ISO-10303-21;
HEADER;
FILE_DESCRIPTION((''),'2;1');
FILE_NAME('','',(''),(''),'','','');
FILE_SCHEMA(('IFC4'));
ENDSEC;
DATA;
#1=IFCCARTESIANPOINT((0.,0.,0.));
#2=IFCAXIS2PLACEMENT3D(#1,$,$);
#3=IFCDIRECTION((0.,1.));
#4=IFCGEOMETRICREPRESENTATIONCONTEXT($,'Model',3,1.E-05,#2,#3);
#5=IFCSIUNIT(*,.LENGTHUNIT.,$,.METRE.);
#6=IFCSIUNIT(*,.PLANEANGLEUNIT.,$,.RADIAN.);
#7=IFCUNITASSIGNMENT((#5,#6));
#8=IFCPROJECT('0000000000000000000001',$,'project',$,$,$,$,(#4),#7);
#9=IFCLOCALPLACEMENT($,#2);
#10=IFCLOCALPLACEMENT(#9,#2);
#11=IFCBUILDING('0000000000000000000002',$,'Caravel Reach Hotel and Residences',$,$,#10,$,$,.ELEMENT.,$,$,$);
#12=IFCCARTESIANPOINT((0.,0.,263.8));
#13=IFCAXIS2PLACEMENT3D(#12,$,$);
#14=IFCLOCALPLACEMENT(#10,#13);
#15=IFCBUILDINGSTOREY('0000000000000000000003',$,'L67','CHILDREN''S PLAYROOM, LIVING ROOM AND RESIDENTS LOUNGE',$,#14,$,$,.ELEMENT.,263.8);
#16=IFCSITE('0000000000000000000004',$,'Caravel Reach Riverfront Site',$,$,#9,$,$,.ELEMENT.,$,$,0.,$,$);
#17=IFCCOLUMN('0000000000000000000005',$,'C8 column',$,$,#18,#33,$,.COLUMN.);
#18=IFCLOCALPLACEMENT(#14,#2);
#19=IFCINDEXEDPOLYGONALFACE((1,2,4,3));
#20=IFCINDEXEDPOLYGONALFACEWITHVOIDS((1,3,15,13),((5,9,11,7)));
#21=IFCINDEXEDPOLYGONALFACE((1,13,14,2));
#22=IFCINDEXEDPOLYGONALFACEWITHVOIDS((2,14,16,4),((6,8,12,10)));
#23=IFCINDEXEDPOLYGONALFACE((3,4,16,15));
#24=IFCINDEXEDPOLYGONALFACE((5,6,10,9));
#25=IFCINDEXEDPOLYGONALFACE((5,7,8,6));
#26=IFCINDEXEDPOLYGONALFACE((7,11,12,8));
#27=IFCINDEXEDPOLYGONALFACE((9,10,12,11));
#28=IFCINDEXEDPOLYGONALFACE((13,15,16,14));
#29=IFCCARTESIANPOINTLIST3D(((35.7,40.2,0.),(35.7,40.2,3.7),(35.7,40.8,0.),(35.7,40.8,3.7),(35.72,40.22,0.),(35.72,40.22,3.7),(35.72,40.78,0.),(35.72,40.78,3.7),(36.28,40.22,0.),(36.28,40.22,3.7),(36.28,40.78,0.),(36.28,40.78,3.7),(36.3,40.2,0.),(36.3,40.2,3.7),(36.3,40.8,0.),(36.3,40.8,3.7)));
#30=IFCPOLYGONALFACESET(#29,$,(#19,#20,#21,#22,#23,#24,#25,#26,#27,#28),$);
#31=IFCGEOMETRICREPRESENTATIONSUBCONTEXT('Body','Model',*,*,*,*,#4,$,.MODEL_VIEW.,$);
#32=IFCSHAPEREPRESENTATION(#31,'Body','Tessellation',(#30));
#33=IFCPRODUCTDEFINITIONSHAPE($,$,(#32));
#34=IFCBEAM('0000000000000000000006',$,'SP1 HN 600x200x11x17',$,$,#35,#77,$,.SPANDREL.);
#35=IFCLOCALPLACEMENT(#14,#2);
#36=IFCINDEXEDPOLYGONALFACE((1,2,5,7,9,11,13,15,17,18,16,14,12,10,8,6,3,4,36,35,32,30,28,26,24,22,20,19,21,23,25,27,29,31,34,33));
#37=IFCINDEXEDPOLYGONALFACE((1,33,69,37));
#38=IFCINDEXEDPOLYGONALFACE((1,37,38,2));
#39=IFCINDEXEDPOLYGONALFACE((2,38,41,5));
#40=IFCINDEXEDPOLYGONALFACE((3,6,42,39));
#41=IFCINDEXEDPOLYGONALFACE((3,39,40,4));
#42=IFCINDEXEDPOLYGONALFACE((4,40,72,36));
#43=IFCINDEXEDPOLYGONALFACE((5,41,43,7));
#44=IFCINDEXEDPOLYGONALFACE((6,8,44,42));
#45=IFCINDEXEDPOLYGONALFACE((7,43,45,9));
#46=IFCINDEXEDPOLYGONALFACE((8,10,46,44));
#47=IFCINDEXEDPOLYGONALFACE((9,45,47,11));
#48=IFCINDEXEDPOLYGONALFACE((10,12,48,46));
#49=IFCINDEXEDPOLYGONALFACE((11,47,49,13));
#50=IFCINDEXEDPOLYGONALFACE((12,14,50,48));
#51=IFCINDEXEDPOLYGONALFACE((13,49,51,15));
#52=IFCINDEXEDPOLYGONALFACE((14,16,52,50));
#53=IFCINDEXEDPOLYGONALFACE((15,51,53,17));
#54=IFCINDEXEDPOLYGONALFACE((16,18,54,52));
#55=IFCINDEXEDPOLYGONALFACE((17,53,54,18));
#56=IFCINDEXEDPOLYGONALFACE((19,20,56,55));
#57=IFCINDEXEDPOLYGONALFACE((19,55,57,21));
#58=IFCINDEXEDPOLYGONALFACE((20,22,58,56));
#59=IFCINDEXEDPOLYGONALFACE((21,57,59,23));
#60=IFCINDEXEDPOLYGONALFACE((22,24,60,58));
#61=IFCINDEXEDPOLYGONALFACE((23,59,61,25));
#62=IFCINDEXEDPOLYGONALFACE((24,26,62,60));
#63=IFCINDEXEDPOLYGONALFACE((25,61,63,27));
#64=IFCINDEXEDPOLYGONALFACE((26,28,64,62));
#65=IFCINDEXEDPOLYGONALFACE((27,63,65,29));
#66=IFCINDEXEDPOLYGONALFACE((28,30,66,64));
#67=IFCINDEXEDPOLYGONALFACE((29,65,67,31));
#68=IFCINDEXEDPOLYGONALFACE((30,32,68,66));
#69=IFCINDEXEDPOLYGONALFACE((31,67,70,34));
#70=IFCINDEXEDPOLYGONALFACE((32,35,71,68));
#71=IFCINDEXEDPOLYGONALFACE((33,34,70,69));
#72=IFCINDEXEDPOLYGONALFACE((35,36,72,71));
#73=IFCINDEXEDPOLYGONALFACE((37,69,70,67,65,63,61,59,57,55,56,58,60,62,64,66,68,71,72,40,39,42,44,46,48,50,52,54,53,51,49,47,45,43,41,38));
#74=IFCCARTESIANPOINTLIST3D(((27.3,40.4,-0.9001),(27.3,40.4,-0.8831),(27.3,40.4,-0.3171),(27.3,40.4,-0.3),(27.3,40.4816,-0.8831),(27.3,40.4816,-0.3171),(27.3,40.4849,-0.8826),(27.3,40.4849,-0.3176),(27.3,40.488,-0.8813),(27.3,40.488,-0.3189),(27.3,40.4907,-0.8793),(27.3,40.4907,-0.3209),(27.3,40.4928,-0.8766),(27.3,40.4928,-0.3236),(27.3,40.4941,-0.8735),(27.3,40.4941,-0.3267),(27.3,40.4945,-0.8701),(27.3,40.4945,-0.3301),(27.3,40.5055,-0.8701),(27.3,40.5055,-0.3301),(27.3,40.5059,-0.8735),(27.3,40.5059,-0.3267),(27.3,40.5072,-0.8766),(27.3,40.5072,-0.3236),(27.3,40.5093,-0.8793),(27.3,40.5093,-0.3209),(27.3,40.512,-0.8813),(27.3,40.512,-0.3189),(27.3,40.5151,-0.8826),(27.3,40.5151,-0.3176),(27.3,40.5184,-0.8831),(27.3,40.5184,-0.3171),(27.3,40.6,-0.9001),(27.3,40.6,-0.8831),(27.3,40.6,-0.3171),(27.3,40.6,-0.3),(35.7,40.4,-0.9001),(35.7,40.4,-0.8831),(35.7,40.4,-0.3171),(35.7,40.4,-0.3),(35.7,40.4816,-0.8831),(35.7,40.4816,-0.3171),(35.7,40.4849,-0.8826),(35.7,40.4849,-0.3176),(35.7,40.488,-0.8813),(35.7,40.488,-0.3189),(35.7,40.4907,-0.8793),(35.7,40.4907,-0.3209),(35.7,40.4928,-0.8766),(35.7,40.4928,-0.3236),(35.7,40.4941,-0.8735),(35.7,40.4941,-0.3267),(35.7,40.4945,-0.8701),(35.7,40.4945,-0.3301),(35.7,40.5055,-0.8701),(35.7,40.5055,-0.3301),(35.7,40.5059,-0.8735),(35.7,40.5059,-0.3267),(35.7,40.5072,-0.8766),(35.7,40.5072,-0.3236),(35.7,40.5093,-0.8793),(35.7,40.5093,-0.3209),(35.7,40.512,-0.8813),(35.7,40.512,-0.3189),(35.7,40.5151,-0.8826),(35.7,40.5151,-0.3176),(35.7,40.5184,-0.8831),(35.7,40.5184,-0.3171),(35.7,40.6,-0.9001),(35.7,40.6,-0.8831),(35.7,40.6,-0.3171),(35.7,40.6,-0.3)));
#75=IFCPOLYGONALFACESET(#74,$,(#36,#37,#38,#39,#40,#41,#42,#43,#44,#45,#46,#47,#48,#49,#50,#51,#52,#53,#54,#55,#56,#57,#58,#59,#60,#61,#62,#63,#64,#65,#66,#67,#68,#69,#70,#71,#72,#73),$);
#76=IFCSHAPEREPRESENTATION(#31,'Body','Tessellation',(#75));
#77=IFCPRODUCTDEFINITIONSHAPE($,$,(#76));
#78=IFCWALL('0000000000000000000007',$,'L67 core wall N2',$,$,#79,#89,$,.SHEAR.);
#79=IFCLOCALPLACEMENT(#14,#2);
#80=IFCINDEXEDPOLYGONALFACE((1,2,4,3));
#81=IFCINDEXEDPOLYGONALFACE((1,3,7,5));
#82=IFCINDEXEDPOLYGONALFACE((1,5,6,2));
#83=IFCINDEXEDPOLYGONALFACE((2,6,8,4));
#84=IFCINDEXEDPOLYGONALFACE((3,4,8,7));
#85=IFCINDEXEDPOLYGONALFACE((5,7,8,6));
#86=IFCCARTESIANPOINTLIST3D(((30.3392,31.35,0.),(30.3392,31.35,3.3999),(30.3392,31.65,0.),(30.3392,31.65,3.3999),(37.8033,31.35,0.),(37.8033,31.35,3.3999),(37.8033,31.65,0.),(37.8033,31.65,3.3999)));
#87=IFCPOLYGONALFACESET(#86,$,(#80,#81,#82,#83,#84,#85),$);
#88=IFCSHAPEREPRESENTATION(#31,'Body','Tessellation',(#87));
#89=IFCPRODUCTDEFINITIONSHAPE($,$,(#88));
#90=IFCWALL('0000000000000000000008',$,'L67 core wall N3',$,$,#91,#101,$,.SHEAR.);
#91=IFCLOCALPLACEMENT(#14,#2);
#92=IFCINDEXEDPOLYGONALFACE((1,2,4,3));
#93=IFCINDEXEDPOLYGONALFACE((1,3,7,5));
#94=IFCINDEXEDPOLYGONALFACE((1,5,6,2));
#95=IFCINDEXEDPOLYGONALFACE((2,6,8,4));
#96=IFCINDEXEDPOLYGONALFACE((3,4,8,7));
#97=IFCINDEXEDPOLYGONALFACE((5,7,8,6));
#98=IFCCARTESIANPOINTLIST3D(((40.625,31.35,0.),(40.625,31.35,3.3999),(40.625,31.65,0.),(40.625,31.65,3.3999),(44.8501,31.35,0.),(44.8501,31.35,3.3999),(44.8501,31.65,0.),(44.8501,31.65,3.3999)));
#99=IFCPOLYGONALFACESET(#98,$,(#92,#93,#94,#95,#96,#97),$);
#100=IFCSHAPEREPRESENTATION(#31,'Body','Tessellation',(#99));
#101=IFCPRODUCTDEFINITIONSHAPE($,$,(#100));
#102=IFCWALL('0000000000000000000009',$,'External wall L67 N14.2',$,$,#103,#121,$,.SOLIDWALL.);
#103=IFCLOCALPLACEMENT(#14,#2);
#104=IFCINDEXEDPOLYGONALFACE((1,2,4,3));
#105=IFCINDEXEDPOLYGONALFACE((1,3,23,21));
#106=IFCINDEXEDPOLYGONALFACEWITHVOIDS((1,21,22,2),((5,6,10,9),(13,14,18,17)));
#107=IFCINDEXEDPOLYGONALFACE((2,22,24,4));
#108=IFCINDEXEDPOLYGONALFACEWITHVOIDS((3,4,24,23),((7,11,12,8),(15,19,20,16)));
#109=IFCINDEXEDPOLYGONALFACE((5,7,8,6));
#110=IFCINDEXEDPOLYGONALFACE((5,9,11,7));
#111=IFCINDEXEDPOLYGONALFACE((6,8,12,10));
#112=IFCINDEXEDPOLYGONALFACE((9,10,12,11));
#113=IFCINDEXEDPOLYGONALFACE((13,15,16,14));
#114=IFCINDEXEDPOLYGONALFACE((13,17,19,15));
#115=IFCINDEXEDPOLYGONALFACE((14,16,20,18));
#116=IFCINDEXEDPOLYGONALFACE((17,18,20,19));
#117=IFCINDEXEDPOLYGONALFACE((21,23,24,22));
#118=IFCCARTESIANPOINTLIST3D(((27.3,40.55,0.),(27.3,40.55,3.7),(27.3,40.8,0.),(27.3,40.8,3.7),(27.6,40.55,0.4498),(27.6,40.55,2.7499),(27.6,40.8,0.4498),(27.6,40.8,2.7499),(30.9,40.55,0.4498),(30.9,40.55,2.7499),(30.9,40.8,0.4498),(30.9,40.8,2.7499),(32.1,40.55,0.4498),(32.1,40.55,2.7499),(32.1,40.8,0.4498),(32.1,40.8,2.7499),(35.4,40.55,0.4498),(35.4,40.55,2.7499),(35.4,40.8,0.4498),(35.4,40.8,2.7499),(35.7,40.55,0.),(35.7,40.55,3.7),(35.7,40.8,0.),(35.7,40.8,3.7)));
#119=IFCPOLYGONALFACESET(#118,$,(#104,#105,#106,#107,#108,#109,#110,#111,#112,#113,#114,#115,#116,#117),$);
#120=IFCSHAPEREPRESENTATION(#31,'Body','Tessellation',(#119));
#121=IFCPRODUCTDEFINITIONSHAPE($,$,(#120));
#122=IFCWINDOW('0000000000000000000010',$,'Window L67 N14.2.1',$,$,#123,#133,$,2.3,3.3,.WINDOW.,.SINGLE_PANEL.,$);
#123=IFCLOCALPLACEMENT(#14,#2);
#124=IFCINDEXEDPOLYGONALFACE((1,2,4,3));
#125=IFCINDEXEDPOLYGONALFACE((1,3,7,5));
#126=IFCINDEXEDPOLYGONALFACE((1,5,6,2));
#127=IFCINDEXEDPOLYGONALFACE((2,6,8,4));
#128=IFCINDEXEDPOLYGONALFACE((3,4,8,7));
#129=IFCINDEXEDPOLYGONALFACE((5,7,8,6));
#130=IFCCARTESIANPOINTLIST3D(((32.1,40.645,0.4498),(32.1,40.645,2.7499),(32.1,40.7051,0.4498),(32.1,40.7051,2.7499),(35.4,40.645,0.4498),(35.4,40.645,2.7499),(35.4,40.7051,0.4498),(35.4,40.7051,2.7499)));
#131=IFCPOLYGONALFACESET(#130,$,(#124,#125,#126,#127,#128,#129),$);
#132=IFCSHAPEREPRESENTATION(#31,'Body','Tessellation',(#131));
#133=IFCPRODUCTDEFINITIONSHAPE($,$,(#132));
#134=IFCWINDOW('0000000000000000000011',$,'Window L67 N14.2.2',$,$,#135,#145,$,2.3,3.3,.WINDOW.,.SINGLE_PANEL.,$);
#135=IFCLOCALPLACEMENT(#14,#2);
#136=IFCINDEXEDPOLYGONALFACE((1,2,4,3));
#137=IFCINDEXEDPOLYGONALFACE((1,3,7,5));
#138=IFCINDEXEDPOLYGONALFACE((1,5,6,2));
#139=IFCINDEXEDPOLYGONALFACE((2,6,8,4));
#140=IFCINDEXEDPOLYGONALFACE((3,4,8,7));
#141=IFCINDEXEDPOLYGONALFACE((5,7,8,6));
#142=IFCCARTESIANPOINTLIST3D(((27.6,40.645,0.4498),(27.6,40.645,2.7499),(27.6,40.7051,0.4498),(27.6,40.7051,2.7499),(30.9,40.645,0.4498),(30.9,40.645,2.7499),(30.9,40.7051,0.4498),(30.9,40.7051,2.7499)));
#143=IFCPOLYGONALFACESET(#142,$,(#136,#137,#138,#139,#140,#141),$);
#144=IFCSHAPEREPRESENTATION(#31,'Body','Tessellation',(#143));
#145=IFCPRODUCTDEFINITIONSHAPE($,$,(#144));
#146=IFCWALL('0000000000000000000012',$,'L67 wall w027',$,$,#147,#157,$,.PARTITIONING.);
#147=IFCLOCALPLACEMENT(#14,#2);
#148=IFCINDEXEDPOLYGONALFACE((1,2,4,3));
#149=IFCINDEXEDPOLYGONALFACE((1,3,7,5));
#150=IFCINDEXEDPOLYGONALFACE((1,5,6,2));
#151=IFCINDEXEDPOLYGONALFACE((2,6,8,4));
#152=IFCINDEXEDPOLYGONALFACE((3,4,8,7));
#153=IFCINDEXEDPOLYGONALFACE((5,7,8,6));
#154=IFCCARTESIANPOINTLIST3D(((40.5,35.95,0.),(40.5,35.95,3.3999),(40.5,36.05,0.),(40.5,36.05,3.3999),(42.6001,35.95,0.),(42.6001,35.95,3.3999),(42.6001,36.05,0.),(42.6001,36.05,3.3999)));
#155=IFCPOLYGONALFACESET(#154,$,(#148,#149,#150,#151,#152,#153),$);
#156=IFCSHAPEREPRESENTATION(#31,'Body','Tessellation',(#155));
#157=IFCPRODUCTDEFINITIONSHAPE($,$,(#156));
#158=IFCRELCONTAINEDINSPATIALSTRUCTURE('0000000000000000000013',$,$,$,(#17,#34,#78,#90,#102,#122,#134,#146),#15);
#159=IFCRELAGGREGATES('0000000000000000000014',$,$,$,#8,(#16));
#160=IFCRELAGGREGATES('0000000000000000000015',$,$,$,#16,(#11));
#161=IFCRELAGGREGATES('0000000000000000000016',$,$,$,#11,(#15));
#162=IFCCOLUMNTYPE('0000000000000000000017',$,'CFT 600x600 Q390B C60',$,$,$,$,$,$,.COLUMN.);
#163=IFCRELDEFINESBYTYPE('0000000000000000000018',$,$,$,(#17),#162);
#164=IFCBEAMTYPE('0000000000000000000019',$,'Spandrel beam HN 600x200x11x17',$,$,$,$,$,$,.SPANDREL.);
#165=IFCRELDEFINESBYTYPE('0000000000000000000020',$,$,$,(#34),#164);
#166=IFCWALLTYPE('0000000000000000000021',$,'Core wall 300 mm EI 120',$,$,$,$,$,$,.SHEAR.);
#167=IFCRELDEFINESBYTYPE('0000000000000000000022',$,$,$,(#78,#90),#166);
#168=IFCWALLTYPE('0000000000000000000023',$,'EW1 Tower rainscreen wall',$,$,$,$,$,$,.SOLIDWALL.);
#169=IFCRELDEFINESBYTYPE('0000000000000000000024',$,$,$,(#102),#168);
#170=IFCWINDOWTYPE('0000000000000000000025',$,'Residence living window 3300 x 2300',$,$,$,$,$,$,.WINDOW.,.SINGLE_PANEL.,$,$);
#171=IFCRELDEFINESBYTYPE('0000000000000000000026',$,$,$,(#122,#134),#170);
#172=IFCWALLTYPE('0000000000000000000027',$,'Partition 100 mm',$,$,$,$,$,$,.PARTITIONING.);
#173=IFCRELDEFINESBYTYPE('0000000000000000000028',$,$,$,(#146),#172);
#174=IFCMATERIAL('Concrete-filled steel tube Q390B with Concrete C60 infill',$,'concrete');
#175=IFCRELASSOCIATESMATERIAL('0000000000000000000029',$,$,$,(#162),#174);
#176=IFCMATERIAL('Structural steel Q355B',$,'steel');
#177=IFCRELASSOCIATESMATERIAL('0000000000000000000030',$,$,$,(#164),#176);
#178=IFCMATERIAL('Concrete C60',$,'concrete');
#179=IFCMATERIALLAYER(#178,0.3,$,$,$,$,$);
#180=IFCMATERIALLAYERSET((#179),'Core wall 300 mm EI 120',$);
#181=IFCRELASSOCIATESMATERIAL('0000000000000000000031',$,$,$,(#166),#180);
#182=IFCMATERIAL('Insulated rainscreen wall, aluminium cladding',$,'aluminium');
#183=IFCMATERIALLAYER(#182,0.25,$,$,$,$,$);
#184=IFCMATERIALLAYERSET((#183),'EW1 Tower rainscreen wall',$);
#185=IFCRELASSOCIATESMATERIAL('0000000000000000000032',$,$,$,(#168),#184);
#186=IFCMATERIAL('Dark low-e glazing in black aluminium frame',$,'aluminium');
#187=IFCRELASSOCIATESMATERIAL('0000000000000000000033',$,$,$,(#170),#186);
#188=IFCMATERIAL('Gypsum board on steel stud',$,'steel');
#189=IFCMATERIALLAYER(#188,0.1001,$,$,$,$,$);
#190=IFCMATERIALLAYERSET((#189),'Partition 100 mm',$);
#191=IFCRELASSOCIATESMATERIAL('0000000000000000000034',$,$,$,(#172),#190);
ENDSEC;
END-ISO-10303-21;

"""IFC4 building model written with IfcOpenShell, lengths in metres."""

from ifc_helpers import new_model, si_unit, direction, frame, frame_2d, origin, origin_2d, place, context, subcontext, project, spatial, rectangle, hollow_rectangle, i_section, extrude, material, layer, layer_set, material_profile, profile_set, type_object, element, fill, save


model = new_model("IFC4")

# Units and contexts
model_context = context("Model", 3, precision=1e-05, world=origin(), true_north=direction((0.0, 1.0)))
body_context = subcontext(model_context, "Body", "Model", "MODEL_VIEW")
ifc_project = project(units=[si_unit("LENGTHUNIT", "METRE"), si_unit("PLANEANGLEUNIT", "RADIAN")], contexts=[model_context])

# Site, building, storey
site_placement = place(None, origin())
site = spatial("IfcSite", under=ifc_project, at=site_placement, Name="Caravel Reach Riverfront Site", CompositionType="ELEMENT", RefElevation=0.0)
building_placement = place(site_placement, origin())
building = spatial("IfcBuilding", under=site, at=building_placement, Name="Caravel Reach Hotel and Residences", CompositionType="ELEMENT")
storey_placement = place(building_placement, frame((0.0, 0.0, 263.8)))
storey = spatial("IfcBuildingStorey", under=building, at=storey_placement, Name="L67", Description="CHILDREN'S PLAYROOM, LIVING ROOM AND RESIDENTS LOUNGE", CompositionType="ELEMENT", Elevation=263.8)

# Column
ifc_material_1 = material(Name="Concrete-filled steel tube Q390B with Concrete C60 infill", Category="concrete")
ifc_material_profile_1 = material_profile(ifc_material_1, hollow_rectangle(XDim=0.6001, YDim=0.6001, WallThickness=0.02, at=origin_2d()), Name="RHS 600x600x20")
ifc_profile_set_1 = profile_set([ifc_material_profile_1], Name="Concrete-filled steel tube Q390B with Concrete C60 infill")
column_type = type_object("IfcColumnType", Name="CFT 600x600 Q390B C60", PredefinedType="COLUMN", material=ifc_profile_set_1)
column_placement = place(storey_placement, frame((36.0, 40.5, 0.0), z_axis=(0.0, 0.0, 1.0), x_axis=(1.0, 0.0, 0.0)))
element("IfcColumn", 1, at=column_placement, inside=storey, type_object=column_type, Name="C8 column", PredefinedType="COLUMN", context=body_context, shape_type="SweptSolid", body=[
    extrude(hollow_rectangle(XDim=0.6001, YDim=0.6001, WallThickness=0.02, at=origin_2d()), origin(), (0.0, 0.0, 1.0), 3.7),
])

# Beam
ifc_material_2 = material(Name="Structural steel Q355B", Category="steel")
ifc_material_profile_2 = material_profile(ifc_material_2, i_section(OverallWidth=0.2, OverallDepth=0.6001, WebThickness=0.011, FlangeThickness=0.0171, FilletRadius=0.0129, at=origin_2d()), Name="HN 600x200x11x17")
ifc_profile_set_2 = profile_set([ifc_material_profile_2], Name="Structural steel Q355B")
beam_type = type_object("IfcBeamType", Name="Spandrel beam HN 600x200x11x17", PredefinedType="SPANDREL", material=ifc_profile_set_2)
beam_placement = place(storey_placement, frame((35.7, 40.5, -0.6001), z_axis=(-1.0, 0.0, 0.0), x_axis=(0.0, -1.0, 0.0)))
element("IfcBeam", 2, at=beam_placement, inside=storey, type_object=beam_type, Name="SP1 HN 600x200x11x17", PredefinedType="SPANDREL", context=body_context, shape_type="SweptSolid", body=[
    extrude(i_section(OverallWidth=0.2, OverallDepth=0.6001, WebThickness=0.011, FlangeThickness=0.0171, FilletRadius=0.0129, at=origin_2d()), origin(), (0.0, 0.0, 1.0), 8.3999),
])

# Walls
ifc_material_3 = material(Name="Concrete C60", Category="concrete")
ifc_layer_1 = layer(ifc_material_3, 0.3)
ifc_layer_set_1 = layer_set([ifc_layer_1], Name="Core wall 300 mm EI 120")
wall_type_1 = type_object("IfcWallType", Name="Core wall 300 mm EI 120", PredefinedType="SHEAR", material=ifc_layer_set_1)
wall_1_placement = place(storey_placement, frame((30.3394, 31.5, 0.0), z_axis=(0.0, 0.0, 1.0), x_axis=(1.0, 0.0, 0.0)))
element("IfcWall", 3, at=wall_1_placement, inside=storey, type_object=wall_type_1, Name="L67 core wall N2", PredefinedType="SHEAR", context=body_context, shape_type="SweptSolid", body=[
    extrude(rectangle(XDim=7.4641, YDim=0.3, at=frame_2d((3.7319, 0.0))), origin(), (0.0, 0.0, 1.0), 3.3999),
])
wall_2_placement = place(storey_placement, frame((40.625, 31.5, 0.0), z_axis=(0.0, 0.0, 1.0), x_axis=(1.0, 0.0, 0.0)))
element("IfcWall", 4, at=wall_2_placement, inside=storey, type_object=wall_type_1, Name="L67 core wall N3", PredefinedType="SHEAR", context=body_context, shape_type="SweptSolid", body=[
    extrude(rectangle(XDim=4.2251, YDim=0.3, at=frame_2d((2.1125, 0.0))), origin(), (0.0, 0.0, 1.0), 3.3999),
])

# Wall, openings, windows
ifc_material_4 = material(Name="Insulated rainscreen wall, aluminium cladding", Category="aluminium")
ifc_layer_2 = layer(ifc_material_4, 0.25)
ifc_layer_set_2 = layer_set([ifc_layer_2], Name="EW1 Tower rainscreen wall")
wall_type_2 = type_object("IfcWallType", Name="EW1 Tower rainscreen wall", PredefinedType="SOLIDWALL", material=ifc_layer_set_2)
wall_3_placement = place(storey_placement, frame((35.7, 40.675, 0.0), z_axis=(0.0, 0.0, 1.0), x_axis=(-1.0, 0.0, 0.0)))
wall_3 = element("IfcWall", 5, at=wall_3_placement, inside=storey, type_object=wall_type_2, Name="External wall L67 N14.2", PredefinedType="SOLIDWALL", context=body_context, shape_type="SweptSolid", body=[
    extrude(rectangle(XDim=8.3999, YDim=0.25, at=frame_2d((4.2, 0.0))), origin(), (0.0, 0.0, 1.0), 3.7),
])
opening_1_placement = place(wall_3_placement, frame((0.3, 0.0, 0.45)))
opening_1 = element("IfcOpeningElement", 6, at=opening_1_placement, cuts=wall_3, PredefinedType="OPENING", context=body_context, shape_type="SweptSolid", body=[
    extrude(rectangle(XDim=3.3, YDim=2.3, at=frame_2d((1.6499, 1.1499))), frame((0.0, 0.135, 0.0), z_axis=(0.0, -1.0, 0.0), x_axis=(1.0, 0.0, 0.0)), (0.0, 0.0, 1.0), 0.27),
])
opening_2_placement = place(wall_3_placement, frame((4.8, 0.0, 0.45)))
opening_2 = element("IfcOpeningElement", 7, at=opening_2_placement, cuts=wall_3, PredefinedType="OPENING", context=body_context, shape_type="SweptSolid", body=[
    extrude(rectangle(XDim=3.3, YDim=2.3, at=frame_2d((1.6499, 1.1499))), frame((0.0, 0.135, 0.0), z_axis=(0.0, -1.0, 0.0), x_axis=(1.0, 0.0, 0.0)), (0.0, 0.0, 1.0), 0.27),
])
ifc_material_5 = material(Name="Dark low-e glazing in black aluminium frame", Category="aluminium")
window_type = type_object("IfcWindowType", Name="Residence living window 3300 x 2300", PartitioningType="SINGLE_PANEL", PredefinedType="WINDOW", material=ifc_material_5)
window_1_placement = place(opening_1_placement, origin())
window_1 = element("IfcWindow", 8, at=window_1_placement, inside=storey, type_object=window_type, Name="Window L67 N14.2.1", OverallHeight=2.3, OverallWidth=3.3, PartitioningType="SINGLE_PANEL", PredefinedType="WINDOW", context=body_context, shape_type="SweptSolid", body=[
    extrude(rectangle(XDim=3.3, YDim=2.3, at=frame_2d((1.6499, 1.1499))), frame((0.0, 0.03, 0.0), z_axis=(0.0, -1.0, 0.0), x_axis=(1.0, 0.0, 0.0)), (0.0, 0.0, 1.0), 0.0601),
])
fill(opening_1, window_1)
window_2_placement = place(opening_2_placement, origin())
window_2 = element("IfcWindow", 9, at=window_2_placement, inside=storey, type_object=window_type, Name="Window L67 N14.2.2", OverallHeight=2.3, OverallWidth=3.3, PartitioningType="SINGLE_PANEL", PredefinedType="WINDOW", context=body_context, shape_type="SweptSolid", body=[
    extrude(rectangle(XDim=3.3, YDim=2.3, at=frame_2d((1.6499, 1.1499))), frame((0.0, 0.03, 0.0), z_axis=(0.0, -1.0, 0.0), x_axis=(1.0, 0.0, 0.0)), (0.0, 0.0, 1.0), 0.0601),
])
fill(opening_2, window_2)

# Wall
ifc_material_6 = material(Name="Gypsum board on steel stud", Category="steel")
ifc_layer_3 = layer(ifc_material_6, 0.1001)
ifc_layer_set_3 = layer_set([ifc_layer_3], Name="Partition 100 mm")
wall_type_3 = type_object("IfcWallType", Name="Partition 100 mm", PredefinedType="PARTITIONING", material=ifc_layer_set_3)
wall_4_placement = place(storey_placement, frame((40.5, 36.0, 0.0), z_axis=(0.0, 0.0, 1.0), x_axis=(1.0, 0.0, 0.0)))
element("IfcWall", 10, at=wall_4_placement, inside=storey, type_object=wall_type_3, Name="L67 wall w027", PredefinedType="PARTITIONING", context=body_context, shape_type="SweptSolid", body=[
    extrude(rectangle(XDim=2.1001, YDim=0.1001, at=frame_2d((1.05, 0.0))), origin(), (0.0, 0.0, 1.0), 3.3999),
])

save(model, "model.ifc")
